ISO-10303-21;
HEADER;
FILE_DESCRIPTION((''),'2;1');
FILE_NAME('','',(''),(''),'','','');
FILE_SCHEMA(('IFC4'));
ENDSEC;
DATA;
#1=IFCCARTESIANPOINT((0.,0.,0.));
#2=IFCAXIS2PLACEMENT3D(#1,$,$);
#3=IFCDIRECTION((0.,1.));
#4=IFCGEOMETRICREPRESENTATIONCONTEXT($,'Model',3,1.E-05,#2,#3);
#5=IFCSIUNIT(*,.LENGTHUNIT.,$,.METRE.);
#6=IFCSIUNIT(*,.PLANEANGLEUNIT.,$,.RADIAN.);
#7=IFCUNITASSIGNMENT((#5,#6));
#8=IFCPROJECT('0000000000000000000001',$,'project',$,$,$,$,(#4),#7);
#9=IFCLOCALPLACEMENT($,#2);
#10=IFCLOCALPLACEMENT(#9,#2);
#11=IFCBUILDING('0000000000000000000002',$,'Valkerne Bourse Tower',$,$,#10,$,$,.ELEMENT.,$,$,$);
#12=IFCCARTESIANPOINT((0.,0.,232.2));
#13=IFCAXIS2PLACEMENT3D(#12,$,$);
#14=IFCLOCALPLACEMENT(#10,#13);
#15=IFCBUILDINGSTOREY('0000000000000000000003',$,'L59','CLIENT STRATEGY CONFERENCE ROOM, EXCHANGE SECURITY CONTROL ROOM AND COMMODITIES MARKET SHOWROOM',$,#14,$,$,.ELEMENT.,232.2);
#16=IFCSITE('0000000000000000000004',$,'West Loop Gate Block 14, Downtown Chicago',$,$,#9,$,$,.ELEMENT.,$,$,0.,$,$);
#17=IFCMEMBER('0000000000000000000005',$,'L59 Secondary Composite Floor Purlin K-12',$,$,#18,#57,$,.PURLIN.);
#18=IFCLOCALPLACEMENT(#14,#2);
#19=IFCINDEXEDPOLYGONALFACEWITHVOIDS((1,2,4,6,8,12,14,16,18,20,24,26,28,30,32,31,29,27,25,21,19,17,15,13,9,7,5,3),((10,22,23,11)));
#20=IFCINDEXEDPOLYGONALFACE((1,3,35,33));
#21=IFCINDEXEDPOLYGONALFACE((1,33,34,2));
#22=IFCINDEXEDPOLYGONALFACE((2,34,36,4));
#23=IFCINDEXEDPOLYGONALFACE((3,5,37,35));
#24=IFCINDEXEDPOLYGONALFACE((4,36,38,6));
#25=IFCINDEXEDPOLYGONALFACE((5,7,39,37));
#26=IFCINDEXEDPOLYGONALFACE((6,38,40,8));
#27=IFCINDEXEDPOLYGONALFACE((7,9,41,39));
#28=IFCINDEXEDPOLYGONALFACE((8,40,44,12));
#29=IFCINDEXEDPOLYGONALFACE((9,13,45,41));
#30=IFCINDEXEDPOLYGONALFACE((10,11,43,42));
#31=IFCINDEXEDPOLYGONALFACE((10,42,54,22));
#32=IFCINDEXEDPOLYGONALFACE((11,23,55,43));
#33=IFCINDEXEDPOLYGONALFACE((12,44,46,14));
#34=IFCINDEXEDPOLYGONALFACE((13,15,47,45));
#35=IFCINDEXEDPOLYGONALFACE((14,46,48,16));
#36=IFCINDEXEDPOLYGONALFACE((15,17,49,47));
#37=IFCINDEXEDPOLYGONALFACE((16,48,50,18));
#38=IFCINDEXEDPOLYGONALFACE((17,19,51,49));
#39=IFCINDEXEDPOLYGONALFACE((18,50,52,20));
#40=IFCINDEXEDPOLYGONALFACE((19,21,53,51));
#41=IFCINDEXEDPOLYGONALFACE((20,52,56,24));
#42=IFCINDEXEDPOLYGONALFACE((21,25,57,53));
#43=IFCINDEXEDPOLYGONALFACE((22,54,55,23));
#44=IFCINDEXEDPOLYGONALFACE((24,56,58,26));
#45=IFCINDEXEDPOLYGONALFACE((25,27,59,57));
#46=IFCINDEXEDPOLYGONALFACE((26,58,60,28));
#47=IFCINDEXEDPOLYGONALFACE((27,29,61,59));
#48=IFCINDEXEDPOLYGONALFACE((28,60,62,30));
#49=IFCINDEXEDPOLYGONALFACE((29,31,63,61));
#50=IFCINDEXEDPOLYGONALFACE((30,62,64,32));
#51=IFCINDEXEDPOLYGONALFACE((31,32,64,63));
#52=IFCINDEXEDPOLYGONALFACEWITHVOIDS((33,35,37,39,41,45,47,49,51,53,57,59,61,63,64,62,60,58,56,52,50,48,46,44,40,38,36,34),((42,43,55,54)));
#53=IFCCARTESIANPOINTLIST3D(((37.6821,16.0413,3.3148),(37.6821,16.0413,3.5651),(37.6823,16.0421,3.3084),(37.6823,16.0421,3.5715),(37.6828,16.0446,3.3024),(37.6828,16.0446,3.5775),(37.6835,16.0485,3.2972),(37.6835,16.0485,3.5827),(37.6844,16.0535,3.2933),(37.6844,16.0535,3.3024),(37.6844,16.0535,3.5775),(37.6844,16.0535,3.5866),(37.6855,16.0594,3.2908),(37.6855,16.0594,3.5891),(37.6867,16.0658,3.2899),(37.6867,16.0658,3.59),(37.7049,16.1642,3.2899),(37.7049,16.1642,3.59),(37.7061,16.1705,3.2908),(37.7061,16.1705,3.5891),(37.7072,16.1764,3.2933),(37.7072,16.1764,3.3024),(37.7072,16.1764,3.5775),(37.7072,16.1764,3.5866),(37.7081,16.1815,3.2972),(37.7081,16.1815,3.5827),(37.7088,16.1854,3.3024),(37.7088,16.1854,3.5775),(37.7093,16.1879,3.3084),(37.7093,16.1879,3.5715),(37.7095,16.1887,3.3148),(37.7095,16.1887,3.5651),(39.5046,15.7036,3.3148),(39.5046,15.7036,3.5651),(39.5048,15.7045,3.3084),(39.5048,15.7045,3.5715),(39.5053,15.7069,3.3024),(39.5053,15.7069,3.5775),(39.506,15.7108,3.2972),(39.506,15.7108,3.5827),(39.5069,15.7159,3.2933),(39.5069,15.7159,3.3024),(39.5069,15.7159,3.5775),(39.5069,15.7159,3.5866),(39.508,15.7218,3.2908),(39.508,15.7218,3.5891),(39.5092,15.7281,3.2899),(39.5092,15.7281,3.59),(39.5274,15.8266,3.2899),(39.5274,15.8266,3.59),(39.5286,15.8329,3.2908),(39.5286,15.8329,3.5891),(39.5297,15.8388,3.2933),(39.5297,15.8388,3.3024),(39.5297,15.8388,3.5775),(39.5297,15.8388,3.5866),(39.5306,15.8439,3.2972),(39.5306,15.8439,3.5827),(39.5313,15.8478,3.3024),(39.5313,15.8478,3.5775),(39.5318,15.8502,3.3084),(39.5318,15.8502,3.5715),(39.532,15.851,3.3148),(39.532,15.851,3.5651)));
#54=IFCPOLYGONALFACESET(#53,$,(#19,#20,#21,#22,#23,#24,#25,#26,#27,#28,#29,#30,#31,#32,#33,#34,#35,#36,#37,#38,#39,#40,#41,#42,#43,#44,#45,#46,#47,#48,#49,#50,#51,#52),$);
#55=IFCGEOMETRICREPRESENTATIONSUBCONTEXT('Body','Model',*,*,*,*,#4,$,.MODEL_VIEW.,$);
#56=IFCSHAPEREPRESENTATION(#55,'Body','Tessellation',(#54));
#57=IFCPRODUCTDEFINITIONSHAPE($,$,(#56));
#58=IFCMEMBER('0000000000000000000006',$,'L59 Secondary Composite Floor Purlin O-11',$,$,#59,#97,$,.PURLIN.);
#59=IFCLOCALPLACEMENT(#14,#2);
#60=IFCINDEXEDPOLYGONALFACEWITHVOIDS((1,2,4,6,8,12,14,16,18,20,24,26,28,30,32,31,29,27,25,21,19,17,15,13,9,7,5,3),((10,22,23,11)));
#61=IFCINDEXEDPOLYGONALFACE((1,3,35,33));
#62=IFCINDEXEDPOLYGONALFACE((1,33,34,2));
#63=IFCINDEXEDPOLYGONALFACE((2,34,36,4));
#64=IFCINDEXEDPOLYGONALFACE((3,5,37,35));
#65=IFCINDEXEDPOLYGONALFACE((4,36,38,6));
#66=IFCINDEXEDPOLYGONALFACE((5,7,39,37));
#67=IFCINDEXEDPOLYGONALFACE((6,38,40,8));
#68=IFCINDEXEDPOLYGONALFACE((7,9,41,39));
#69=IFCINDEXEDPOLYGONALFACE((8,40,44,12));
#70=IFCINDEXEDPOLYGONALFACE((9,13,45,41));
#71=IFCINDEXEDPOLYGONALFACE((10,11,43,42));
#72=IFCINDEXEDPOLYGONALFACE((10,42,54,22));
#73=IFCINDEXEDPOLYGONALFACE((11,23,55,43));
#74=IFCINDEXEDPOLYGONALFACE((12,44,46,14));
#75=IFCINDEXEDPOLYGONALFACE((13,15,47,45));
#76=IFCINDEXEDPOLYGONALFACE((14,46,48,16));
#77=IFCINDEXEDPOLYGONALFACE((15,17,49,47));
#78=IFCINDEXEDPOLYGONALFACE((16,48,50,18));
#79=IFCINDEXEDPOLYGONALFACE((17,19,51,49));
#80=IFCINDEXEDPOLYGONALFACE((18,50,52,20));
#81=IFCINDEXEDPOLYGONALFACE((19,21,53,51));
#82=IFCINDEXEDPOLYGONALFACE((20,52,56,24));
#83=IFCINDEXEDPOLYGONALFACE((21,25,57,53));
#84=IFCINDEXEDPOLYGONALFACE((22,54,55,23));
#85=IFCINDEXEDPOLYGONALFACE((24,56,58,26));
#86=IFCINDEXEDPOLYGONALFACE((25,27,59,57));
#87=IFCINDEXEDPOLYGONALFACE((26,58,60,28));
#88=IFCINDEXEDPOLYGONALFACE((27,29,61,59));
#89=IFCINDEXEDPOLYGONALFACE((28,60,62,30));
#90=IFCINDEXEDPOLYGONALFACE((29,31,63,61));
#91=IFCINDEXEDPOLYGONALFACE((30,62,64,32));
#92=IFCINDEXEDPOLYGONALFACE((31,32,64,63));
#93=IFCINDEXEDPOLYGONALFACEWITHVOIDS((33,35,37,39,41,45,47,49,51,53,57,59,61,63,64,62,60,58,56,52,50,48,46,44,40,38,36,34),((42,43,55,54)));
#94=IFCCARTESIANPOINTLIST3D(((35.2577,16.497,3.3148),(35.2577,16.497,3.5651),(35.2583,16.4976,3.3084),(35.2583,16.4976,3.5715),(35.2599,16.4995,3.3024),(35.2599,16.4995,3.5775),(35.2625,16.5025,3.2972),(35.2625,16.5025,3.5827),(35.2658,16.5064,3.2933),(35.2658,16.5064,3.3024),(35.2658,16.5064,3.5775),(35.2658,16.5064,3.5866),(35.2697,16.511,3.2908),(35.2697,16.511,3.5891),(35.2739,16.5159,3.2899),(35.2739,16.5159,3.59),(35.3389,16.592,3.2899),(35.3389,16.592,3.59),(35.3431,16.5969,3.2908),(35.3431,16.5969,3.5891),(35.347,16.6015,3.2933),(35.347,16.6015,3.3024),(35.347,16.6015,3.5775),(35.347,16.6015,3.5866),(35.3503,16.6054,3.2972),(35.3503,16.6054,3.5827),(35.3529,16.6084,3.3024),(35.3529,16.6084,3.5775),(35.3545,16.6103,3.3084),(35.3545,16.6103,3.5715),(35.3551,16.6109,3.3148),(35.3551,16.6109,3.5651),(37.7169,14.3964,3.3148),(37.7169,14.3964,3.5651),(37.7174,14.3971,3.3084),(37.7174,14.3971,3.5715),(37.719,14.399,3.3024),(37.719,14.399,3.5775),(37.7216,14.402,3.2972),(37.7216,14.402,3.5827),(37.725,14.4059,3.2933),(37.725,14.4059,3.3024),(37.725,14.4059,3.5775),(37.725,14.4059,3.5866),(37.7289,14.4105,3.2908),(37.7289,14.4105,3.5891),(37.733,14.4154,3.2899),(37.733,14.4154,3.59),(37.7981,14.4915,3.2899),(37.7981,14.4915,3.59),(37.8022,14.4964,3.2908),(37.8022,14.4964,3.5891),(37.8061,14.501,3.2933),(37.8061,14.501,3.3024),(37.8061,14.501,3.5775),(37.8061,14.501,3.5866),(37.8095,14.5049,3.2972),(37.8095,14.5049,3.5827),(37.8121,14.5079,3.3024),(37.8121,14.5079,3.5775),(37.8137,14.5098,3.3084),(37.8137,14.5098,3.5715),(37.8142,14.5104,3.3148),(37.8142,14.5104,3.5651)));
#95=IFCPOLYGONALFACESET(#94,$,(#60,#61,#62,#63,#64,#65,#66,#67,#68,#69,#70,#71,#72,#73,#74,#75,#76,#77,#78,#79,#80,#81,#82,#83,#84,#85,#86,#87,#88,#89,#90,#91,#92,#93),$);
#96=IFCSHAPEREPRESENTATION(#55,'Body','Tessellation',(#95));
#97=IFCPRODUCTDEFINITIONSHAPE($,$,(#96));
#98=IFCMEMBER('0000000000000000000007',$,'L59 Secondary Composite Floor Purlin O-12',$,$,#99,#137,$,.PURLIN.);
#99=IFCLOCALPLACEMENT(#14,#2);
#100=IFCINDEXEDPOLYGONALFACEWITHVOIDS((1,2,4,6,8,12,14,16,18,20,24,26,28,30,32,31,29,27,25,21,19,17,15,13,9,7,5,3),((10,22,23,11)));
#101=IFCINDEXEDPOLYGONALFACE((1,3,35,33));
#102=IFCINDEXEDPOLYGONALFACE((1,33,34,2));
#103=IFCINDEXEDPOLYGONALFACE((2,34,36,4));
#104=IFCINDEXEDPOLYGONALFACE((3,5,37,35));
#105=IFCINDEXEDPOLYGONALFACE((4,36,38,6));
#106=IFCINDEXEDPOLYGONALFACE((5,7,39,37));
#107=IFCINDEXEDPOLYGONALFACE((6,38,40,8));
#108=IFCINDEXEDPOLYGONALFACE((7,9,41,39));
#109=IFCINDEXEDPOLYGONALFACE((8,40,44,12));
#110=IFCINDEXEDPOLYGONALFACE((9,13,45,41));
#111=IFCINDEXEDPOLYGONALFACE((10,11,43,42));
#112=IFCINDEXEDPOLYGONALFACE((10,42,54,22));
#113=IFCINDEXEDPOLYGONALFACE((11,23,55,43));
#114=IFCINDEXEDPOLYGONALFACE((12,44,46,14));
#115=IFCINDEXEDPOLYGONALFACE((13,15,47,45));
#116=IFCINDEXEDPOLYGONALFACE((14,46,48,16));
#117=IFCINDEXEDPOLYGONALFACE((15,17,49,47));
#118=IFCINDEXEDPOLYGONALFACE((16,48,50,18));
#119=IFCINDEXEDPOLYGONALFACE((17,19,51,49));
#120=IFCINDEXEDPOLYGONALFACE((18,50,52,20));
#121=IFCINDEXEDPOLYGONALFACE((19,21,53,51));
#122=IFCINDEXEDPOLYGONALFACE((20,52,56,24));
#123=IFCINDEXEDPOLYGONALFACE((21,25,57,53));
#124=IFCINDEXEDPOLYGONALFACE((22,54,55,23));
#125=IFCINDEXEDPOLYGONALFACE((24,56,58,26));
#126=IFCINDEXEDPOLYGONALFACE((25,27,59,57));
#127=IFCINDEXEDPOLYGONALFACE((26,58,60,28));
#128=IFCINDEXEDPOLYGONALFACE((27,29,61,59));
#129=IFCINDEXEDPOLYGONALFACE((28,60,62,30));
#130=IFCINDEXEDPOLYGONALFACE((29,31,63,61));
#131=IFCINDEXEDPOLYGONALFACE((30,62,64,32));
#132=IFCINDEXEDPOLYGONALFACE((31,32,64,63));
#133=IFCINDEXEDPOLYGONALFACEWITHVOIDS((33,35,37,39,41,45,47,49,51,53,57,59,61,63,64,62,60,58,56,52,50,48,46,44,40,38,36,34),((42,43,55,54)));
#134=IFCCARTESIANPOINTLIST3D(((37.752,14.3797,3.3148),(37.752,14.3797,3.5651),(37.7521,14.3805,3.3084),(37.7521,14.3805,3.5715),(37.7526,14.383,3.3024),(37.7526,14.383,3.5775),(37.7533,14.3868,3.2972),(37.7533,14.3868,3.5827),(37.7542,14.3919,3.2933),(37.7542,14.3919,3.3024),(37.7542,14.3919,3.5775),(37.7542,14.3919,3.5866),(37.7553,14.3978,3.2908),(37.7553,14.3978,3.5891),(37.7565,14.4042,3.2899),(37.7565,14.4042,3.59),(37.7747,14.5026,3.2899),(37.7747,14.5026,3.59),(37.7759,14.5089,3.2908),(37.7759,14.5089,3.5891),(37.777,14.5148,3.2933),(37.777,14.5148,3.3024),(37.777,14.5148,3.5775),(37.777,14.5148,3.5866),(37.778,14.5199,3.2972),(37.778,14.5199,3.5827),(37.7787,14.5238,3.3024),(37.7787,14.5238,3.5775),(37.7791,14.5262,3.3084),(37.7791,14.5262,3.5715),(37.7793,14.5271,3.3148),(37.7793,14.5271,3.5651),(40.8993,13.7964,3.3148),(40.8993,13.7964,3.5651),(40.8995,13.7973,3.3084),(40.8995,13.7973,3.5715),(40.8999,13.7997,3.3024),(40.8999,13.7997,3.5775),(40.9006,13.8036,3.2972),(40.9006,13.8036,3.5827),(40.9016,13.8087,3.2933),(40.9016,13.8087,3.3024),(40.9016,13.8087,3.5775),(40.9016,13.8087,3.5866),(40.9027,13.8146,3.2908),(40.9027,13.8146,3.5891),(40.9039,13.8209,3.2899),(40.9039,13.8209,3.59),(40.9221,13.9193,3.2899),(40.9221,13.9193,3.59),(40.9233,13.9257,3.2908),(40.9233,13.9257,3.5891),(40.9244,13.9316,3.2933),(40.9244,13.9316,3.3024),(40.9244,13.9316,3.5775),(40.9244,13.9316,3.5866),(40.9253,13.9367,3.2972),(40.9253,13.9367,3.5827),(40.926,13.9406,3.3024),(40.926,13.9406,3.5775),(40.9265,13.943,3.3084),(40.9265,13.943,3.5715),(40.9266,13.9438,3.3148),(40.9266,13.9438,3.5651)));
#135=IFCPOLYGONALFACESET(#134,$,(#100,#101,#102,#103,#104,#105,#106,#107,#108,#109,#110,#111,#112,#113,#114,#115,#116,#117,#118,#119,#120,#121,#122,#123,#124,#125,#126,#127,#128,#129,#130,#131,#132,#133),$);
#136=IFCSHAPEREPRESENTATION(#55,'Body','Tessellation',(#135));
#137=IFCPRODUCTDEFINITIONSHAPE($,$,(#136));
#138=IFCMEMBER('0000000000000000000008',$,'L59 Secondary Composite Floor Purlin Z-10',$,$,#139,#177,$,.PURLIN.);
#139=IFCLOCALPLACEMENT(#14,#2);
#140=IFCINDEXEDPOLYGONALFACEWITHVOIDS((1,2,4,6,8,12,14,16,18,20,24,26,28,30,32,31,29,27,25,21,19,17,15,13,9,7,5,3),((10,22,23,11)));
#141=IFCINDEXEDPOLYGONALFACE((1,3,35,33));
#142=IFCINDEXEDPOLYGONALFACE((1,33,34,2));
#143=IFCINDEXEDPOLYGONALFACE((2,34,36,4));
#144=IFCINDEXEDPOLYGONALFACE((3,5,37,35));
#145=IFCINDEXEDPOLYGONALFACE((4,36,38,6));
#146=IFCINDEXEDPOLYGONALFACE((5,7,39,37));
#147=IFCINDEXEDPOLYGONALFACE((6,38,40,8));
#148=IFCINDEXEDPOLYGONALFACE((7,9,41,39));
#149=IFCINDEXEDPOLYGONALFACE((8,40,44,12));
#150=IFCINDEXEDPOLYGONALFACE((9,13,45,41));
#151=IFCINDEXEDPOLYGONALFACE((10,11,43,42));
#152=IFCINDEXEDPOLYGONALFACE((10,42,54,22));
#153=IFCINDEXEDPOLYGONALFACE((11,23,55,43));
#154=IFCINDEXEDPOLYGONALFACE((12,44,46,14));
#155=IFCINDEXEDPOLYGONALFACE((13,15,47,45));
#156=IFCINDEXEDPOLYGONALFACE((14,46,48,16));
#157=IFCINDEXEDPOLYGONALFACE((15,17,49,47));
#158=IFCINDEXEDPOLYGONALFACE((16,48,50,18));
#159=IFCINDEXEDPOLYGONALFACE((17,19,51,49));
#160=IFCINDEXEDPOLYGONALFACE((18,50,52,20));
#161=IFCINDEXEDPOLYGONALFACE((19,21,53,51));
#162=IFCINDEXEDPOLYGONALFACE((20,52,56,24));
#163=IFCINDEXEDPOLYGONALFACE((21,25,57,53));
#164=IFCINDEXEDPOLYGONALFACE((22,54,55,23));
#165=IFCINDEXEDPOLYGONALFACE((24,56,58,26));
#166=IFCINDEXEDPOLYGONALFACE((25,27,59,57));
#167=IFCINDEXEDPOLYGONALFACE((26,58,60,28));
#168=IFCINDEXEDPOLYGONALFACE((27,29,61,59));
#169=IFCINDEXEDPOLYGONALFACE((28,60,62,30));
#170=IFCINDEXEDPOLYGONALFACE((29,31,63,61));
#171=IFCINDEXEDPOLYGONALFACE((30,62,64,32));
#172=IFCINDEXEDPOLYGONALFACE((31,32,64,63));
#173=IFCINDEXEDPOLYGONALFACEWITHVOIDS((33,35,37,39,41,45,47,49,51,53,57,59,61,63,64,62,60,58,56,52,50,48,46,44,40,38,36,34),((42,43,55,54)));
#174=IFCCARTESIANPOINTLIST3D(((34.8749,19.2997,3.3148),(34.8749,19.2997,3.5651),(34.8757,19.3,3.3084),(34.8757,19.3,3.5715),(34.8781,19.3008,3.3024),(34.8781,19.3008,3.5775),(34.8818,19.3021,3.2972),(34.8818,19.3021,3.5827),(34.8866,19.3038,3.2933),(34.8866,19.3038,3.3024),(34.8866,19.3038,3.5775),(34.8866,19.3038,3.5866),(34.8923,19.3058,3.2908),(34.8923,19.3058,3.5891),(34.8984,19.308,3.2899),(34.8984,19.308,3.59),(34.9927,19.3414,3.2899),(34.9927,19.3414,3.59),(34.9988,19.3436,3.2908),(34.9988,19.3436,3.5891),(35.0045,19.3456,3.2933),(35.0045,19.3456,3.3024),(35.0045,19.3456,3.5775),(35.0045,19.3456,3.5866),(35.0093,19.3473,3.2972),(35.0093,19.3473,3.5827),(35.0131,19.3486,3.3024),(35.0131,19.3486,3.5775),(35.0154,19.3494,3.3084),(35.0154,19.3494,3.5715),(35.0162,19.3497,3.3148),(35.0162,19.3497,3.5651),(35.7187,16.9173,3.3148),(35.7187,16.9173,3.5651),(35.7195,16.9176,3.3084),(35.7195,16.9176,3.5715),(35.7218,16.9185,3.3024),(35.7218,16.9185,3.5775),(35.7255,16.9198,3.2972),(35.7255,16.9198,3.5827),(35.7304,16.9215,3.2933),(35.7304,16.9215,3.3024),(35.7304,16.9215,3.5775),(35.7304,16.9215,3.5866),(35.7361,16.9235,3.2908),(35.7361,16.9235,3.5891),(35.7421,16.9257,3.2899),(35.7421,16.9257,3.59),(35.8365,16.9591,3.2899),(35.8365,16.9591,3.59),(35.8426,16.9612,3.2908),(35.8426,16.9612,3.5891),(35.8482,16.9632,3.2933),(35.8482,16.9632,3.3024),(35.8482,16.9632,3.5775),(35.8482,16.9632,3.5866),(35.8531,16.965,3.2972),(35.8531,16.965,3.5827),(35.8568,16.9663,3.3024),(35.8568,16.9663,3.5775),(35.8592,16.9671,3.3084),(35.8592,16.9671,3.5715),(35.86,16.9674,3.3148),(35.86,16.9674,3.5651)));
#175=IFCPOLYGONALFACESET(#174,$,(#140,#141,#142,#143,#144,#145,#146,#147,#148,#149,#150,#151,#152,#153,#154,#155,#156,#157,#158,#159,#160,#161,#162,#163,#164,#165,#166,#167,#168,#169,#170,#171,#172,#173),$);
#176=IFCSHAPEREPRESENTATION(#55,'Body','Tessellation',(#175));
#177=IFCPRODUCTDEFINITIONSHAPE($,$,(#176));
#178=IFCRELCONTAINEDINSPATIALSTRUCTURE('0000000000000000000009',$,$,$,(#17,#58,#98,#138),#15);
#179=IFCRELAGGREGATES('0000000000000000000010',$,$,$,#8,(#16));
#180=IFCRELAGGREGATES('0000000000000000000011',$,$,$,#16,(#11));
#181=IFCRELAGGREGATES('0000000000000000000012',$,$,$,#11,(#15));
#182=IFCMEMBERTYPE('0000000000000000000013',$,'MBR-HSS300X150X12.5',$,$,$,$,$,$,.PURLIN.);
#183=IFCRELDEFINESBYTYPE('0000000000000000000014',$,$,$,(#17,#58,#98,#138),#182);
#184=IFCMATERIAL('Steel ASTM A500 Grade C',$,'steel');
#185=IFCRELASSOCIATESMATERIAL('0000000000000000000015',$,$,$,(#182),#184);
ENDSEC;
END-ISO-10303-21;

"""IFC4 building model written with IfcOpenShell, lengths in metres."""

from ifc_helpers import new_model, si_unit, direction, frame, origin, origin_2d, place, context, subcontext, project, spatial, hollow_rectangle, extrude, material, material_profile, profile_set, type_object, element, save


model = new_model("IFC4")

# Units and contexts
model_context = context("Model", 3, precision=1e-05, world=origin(), true_north=direction((0.0, 1.0)))
body_context = subcontext(model_context, "Body", "Model", "MODEL_VIEW")
ifc_project = project(units=[si_unit("LENGTHUNIT", "METRE"), si_unit("PLANEANGLEUNIT", "RADIAN")], contexts=[model_context])

# Site, building, storey
site_placement = place(None, origin())
site = spatial("IfcSite", under=ifc_project, at=site_placement, Name="West Loop Gate Block 14, Downtown Chicago", CompositionType="ELEMENT", RefElevation=0.0)
building_placement = place(site_placement, origin())
building = spatial("IfcBuilding", under=site, at=building_placement, Name="Valkerne Bourse Tower", CompositionType="ELEMENT")
storey_placement = place(building_placement, frame((0.0, 0.0, 232.2)))
storey = spatial("IfcBuildingStorey", under=building, at=storey_placement, Name="L59", Description="CLIENT STRATEGY CONFERENCE ROOM, EXCHANGE SECURITY CONTROL ROOM AND COMMODITIES MARKET SHOWROOM", CompositionType="ELEMENT", Elevation=232.2)

# Members
ifc_material_1 = material(Name="Steel ASTM A500 Grade C", Category="steel")
ifc_material_profile_1 = material_profile(ifc_material_1, hollow_rectangle(XDim=0.1499, YDim=0.3, WallThickness=0.0125, OuterFilletRadius=0.0249, at=origin_2d()), Name="HSS300X150X12.5")
ifc_profile_set_1 = profile_set([ifc_material_profile_1], Name="Steel ASTM A500 Grade C")
member_type_1 = type_object("IfcMemberType", Name="MBR-HSS300X150X12.5", PredefinedType="PURLIN", material=ifc_profile_set_1)
member_1_placement = place(storey_placement, frame((37.6958, 16.115, 3.4399), z_axis=(0.983268, -0.182165, 0.0), x_axis=(0.182165, 0.983268, 0.0)))
element("IfcMember", 1, at=member_1_placement, inside=storey, type_object=member_type_1, Name="L59 Secondary Composite Floor Purlin K-12", PredefinedType="PURLIN", context=body_context, shape_type="SweptSolid", body=[
    extrude(hollow_rectangle(XDim=0.1499, YDim=0.3, WallThickness=0.0125, OuterFilletRadius=0.0249, at=origin_2d()), origin(), (0.0, 0.0, 1.0), 1.8535),
])
member_2_placement = place(storey_placement, frame((35.3064, 16.554, 3.4399), z_axis=(0.760374, -0.649485, 0.0), x_axis=(0.649485, 0.760374, 0.0)))
element("IfcMember", 2, at=member_2_placement, inside=storey, type_object=member_type_1, Name="L59 Secondary Composite Floor Purlin O-11", PredefinedType="PURLIN", context=body_context, shape_type="SweptSolid", body=[
    extrude(hollow_rectangle(XDim=0.1499, YDim=0.3, WallThickness=0.0125, OuterFilletRadius=0.0249, at=origin_2d()), origin(), (0.0, 0.0, 1.0), 3.2341),
])
member_3_placement = place(storey_placement, frame((37.7656, 14.4534, 3.4399), z_axis=(0.98326, -0.182207, 0.0), x_axis=(0.182207, 0.98326, 0.0)))
element("IfcMember", 3, at=member_3_placement, inside=storey, type_object=member_type_1, Name="L59 Secondary Composite Floor Purlin O-12", PredefinedType="PURLIN", context=body_context, shape_type="SweptSolid", body=[
    extrude(hollow_rectangle(XDim=0.1499, YDim=0.3, WallThickness=0.0125, OuterFilletRadius=0.0249, at=origin_2d()), origin(), (0.0, 0.0, 1.0), 3.2009),
])
member_4_placement = place(storey_placement, frame((34.9456, 19.3247, 3.4399), z_axis=(0.333851, -0.942626, 0.0), x_axis=(0.942626, 0.333851, 0.0)))
element("IfcMember", 4, at=member_4_placement, inside=storey, type_object=member_type_1, Name="L59 Secondary Composite Floor Purlin Z-10", PredefinedType="PURLIN", context=body_context, shape_type="SweptSolid", body=[
    extrude(hollow_rectangle(XDim=0.1499, YDim=0.3, WallThickness=0.0125, OuterFilletRadius=0.0249, at=origin_2d()), origin(), (0.0, 0.0, 1.0), 2.5273),
])

save(model, "model.ifc")
